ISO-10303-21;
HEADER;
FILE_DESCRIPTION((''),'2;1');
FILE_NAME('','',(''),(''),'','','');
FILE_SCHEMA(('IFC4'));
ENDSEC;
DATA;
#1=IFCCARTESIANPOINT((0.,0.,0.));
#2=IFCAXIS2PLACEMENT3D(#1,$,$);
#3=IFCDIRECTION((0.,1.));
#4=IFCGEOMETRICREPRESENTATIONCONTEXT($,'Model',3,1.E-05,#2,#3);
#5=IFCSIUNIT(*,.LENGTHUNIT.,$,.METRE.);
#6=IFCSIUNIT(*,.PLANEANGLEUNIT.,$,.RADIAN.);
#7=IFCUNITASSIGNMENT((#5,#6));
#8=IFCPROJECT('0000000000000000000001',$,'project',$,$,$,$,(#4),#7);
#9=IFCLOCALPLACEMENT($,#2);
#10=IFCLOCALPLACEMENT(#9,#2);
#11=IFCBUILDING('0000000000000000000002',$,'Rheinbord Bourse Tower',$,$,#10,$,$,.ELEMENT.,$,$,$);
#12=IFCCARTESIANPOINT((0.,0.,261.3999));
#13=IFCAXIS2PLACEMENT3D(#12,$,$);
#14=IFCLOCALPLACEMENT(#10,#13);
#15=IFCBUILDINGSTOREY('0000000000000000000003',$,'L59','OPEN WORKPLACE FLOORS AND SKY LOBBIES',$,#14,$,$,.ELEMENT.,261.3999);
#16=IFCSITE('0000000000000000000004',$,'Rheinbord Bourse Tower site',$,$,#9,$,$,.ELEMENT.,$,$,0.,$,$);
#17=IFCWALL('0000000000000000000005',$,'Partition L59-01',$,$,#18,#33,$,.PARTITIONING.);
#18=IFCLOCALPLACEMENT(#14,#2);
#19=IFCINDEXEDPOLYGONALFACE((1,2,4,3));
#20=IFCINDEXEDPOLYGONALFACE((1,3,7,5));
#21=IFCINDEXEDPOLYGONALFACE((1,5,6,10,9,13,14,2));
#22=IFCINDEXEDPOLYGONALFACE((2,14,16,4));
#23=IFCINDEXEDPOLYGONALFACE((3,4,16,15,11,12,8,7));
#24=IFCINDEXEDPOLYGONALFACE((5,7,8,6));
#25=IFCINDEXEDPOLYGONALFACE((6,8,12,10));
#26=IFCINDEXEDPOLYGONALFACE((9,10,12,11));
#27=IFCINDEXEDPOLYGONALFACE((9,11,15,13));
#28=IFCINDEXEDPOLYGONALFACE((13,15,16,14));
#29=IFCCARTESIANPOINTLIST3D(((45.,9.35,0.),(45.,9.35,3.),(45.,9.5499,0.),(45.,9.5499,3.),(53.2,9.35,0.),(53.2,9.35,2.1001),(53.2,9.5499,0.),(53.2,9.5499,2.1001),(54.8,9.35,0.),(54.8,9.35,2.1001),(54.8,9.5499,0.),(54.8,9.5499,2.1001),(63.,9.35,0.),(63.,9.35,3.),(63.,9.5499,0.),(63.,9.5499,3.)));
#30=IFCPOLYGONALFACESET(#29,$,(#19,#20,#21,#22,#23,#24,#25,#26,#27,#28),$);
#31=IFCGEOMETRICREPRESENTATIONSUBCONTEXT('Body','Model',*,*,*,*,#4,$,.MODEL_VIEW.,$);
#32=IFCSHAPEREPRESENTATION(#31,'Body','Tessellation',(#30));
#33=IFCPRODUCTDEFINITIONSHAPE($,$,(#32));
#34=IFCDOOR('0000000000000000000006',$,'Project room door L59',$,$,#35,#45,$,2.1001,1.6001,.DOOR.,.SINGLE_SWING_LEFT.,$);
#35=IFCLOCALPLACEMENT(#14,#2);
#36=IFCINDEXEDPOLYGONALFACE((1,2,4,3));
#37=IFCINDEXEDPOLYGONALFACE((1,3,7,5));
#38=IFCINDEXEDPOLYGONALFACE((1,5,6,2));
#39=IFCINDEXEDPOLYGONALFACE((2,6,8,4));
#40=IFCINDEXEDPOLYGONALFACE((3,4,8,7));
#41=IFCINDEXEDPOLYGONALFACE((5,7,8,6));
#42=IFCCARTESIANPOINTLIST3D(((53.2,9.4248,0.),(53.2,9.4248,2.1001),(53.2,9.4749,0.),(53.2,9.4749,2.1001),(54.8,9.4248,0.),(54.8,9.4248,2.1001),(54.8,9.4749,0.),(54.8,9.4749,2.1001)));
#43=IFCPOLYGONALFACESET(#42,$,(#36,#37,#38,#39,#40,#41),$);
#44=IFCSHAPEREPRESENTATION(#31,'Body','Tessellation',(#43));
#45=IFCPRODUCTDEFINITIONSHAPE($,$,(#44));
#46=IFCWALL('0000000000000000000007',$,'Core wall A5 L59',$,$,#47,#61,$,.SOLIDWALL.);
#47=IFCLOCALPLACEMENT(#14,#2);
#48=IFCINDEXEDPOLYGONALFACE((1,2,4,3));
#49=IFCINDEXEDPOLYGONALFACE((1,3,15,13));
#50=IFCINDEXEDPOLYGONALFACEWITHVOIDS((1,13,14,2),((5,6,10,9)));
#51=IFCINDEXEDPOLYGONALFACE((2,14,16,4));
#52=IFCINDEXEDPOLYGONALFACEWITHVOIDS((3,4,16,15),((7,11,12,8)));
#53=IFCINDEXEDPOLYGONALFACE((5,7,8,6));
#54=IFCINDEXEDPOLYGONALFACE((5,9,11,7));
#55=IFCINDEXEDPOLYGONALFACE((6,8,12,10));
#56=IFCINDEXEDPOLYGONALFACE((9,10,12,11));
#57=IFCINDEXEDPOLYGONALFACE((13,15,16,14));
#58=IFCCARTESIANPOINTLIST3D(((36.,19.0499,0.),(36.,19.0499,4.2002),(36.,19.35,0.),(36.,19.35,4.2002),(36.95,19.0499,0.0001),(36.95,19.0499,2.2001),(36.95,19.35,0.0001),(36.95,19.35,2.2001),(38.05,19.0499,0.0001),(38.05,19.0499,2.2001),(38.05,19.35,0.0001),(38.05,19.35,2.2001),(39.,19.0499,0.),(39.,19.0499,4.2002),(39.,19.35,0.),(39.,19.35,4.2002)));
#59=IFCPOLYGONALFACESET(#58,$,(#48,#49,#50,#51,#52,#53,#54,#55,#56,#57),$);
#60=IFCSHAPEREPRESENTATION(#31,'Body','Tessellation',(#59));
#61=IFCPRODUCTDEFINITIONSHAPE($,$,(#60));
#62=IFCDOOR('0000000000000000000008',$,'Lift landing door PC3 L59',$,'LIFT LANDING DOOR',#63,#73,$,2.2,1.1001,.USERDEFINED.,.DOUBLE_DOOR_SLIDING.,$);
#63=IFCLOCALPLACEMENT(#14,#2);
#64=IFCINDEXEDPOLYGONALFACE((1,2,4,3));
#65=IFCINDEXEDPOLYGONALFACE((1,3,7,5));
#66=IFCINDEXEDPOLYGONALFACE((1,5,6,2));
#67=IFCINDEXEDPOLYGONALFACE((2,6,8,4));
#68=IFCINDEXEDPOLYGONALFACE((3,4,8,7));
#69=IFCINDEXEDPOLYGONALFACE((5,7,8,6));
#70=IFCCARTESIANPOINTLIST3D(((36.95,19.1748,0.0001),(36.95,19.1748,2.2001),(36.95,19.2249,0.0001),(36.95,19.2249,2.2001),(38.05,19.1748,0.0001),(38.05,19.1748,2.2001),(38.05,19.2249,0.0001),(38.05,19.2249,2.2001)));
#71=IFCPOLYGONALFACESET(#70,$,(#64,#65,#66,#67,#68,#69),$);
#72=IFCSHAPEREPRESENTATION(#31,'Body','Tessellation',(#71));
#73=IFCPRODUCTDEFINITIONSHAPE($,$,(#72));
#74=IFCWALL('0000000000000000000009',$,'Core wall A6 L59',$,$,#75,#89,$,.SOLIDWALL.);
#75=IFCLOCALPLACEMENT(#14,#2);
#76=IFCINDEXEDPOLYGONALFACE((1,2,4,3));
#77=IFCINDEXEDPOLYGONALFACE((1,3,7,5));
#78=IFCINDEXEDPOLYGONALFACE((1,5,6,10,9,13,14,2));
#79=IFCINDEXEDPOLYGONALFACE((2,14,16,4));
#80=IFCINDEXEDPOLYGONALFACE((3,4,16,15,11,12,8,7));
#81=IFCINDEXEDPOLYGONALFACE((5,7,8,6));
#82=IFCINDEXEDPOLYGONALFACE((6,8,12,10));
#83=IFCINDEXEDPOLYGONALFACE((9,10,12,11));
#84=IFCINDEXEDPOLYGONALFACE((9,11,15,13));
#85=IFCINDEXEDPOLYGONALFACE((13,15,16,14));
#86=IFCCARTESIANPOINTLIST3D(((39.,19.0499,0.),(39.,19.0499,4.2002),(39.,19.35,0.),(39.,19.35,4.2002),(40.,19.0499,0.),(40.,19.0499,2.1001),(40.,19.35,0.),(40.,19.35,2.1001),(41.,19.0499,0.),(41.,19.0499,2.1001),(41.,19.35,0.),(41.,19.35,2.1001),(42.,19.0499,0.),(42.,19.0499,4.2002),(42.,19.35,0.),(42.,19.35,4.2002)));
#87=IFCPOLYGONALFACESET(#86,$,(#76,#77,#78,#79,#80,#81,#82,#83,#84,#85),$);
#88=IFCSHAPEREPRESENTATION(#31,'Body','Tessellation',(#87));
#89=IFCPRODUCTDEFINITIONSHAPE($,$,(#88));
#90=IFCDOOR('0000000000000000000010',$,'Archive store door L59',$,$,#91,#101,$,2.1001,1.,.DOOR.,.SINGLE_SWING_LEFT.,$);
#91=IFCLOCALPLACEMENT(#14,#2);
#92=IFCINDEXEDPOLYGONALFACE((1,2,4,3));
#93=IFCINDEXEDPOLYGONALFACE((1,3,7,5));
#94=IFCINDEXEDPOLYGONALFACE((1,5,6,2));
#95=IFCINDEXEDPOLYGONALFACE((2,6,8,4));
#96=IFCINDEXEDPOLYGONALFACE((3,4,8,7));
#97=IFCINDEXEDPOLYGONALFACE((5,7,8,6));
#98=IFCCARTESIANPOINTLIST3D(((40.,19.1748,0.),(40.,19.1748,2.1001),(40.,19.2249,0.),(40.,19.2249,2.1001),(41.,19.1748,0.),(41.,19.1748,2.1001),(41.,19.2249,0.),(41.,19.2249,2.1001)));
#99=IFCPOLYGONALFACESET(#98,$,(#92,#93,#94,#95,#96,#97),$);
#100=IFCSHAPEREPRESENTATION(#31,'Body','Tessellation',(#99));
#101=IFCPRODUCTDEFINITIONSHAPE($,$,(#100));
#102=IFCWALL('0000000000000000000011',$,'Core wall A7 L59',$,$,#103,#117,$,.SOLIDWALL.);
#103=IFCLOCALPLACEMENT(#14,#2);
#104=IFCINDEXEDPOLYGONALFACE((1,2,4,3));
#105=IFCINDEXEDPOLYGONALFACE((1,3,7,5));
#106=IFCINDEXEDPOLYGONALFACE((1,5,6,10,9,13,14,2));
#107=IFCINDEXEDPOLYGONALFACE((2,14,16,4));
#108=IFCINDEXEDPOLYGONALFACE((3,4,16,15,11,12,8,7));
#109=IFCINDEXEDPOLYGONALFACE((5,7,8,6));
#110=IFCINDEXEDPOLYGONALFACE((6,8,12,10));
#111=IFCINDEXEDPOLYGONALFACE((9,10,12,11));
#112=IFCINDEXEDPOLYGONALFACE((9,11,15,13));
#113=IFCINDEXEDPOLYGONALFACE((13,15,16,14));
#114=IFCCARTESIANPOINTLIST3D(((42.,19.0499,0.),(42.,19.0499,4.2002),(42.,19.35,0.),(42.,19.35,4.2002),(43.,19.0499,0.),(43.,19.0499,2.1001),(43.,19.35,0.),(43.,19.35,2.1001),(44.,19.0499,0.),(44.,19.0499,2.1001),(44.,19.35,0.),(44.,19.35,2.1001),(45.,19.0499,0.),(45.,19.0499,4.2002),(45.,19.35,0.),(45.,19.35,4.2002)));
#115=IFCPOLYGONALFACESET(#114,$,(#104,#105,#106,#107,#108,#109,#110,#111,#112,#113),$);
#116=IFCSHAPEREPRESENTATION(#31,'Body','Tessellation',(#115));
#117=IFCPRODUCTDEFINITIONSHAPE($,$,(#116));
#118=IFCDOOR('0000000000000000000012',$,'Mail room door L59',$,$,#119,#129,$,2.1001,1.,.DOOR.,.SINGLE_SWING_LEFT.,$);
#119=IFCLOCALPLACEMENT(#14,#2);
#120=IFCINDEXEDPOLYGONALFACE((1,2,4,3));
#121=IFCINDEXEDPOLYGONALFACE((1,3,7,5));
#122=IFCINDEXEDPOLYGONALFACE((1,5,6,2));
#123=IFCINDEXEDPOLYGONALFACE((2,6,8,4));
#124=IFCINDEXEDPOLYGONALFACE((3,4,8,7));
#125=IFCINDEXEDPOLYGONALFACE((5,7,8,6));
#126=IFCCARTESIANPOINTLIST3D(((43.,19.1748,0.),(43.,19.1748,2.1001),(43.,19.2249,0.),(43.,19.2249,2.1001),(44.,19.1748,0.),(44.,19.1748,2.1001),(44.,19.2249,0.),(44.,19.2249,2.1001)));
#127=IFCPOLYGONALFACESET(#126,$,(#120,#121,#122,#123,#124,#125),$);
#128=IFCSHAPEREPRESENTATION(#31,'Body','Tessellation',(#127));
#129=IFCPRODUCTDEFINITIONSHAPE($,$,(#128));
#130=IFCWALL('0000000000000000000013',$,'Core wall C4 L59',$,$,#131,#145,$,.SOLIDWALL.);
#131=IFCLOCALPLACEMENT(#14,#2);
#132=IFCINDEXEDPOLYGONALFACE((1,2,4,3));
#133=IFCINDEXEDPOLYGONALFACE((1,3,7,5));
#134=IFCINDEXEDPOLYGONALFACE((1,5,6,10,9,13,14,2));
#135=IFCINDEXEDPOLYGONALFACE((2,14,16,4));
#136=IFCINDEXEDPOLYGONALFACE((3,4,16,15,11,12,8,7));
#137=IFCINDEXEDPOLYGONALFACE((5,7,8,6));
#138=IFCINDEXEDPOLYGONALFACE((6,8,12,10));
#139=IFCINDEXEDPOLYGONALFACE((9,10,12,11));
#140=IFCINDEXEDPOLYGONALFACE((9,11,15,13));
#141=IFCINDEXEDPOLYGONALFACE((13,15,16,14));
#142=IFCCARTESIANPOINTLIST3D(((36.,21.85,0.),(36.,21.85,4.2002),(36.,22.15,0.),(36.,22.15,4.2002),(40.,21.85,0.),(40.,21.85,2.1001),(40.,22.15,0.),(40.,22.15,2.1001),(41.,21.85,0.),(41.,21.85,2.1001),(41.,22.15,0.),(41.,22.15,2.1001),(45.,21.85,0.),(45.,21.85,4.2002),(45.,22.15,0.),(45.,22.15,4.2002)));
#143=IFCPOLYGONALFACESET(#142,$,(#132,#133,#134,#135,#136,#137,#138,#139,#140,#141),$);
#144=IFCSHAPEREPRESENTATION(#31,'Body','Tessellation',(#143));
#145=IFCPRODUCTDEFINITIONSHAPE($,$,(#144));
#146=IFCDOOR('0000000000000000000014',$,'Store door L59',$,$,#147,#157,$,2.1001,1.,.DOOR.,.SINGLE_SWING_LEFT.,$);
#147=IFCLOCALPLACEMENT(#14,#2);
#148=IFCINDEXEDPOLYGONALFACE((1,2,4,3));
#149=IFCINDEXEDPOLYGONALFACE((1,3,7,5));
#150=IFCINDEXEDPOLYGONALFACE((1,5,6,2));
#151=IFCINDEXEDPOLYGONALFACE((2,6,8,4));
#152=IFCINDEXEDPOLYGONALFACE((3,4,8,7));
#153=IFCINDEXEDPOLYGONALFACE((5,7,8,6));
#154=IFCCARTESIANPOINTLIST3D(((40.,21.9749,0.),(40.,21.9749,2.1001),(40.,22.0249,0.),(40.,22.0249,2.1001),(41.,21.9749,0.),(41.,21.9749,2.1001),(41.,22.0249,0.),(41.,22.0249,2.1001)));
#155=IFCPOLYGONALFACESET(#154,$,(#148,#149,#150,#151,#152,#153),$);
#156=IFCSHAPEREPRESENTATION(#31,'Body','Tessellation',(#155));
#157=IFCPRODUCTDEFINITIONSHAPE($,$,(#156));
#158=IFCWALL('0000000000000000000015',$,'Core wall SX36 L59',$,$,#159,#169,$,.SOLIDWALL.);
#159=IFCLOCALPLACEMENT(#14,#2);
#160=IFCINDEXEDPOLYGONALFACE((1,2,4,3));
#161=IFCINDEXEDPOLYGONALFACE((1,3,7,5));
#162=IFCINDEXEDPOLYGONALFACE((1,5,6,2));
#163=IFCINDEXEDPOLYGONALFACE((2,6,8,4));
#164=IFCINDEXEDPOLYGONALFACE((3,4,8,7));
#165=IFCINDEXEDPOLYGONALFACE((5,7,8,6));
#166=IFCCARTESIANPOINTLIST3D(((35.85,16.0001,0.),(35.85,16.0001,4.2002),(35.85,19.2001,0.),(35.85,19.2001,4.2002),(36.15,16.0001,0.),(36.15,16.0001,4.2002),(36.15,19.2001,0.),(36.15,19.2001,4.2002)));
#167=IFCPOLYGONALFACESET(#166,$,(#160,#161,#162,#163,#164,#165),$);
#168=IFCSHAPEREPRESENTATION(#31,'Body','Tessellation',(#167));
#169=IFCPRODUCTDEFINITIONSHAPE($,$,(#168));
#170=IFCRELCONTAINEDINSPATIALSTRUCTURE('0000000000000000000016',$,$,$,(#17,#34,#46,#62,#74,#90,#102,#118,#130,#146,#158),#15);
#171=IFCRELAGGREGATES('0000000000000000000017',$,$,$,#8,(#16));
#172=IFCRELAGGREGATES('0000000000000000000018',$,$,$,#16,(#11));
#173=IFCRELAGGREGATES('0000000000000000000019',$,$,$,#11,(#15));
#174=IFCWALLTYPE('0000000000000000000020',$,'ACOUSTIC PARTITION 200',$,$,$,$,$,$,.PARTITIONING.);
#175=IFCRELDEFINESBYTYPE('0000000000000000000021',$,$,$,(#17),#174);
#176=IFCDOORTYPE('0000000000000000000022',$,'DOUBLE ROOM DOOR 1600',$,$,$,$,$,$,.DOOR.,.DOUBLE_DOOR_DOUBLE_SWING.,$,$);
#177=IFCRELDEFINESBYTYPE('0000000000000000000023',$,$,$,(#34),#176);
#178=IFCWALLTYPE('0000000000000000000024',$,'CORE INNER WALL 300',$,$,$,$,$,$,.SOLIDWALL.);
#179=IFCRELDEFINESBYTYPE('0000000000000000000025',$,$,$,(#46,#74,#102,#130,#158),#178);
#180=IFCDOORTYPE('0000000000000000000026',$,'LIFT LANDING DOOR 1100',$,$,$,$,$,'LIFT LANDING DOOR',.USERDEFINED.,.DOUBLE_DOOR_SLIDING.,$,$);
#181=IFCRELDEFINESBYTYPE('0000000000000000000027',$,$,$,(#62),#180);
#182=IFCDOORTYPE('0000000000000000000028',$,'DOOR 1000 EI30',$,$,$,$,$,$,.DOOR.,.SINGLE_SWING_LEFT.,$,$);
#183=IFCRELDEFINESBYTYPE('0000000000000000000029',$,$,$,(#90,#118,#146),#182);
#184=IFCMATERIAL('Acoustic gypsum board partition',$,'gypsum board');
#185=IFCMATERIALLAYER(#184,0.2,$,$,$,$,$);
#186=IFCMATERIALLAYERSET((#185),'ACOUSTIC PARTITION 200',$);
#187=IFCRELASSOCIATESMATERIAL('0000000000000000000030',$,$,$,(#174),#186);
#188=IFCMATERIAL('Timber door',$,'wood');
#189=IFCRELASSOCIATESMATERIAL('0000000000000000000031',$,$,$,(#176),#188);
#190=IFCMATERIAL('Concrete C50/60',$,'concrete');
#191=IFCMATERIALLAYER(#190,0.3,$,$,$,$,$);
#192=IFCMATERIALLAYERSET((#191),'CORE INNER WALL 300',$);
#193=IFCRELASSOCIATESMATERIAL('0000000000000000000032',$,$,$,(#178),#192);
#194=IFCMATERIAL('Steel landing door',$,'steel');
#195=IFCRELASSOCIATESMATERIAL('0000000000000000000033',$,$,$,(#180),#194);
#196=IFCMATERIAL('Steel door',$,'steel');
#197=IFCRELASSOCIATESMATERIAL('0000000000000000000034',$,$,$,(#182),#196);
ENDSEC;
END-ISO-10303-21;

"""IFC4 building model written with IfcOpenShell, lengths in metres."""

from ifc_helpers import new_model, si_unit, direction, frame, frame_2d, origin, place, context, subcontext, project, spatial, rectangle, extrude, material, layer, layer_set, type_object, element, fill, save


model = new_model("IFC4")

# Units and contexts
model_context = context("Model", 3, precision=1e-05, world=origin(), true_north=direction((0.0, 1.0)))
body_context = subcontext(model_context, "Body", "Model", "MODEL_VIEW")
ifc_project = project(units=[si_unit("LENGTHUNIT", "METRE"), si_unit("PLANEANGLEUNIT", "RADIAN")], contexts=[model_context])

# Site, building, storey
site_placement = place(None, origin())
site = spatial("IfcSite", under=ifc_project, at=site_placement, Name="Rheinbord Bourse Tower site", CompositionType="ELEMENT", RefElevation=0.0)
building_placement = place(site_placement, origin())
building = spatial("IfcBuilding", under=site, at=building_placement, Name="Rheinbord Bourse Tower", CompositionType="ELEMENT")
storey_placement = place(building_placement, frame((0.0, 0.0, 261.3999)))
storey = spatial("IfcBuildingStorey", under=building, at=storey_placement, Name="L59", Description="OPEN WORKPLACE FLOORS AND SKY LOBBIES", CompositionType="ELEMENT", Elevation=261.3999)

# Walls, openings, doors
ifc_material_1 = material(Name="Acoustic gypsum board partition", Category="gypsum board")
ifc_layer_1 = layer(ifc_material_1, 0.2)
ifc_layer_set_1 = layer_set([ifc_layer_1], Name="ACOUSTIC PARTITION 200")
wall_type_1 = type_object("IfcWallType", Name="ACOUSTIC PARTITION 200", PredefinedType="PARTITIONING", material=ifc_layer_set_1)
wall_1_placement = place(storey_placement, frame((45.0, 9.45, 0.0), z_axis=(0.0, 0.0, 1.0), x_axis=(1.0, 0.0, 0.0)))
wall_1 = element("IfcWall", 1, at=wall_1_placement, inside=storey, type_object=wall_type_1, Name="Partition L59-01", PredefinedType="PARTITIONING", context=body_context, shape_type="SweptSolid", body=[
    extrude(rectangle(XDim=18.0, YDim=0.2, at=frame_2d((9.0, 0.0))), origin(), (0.0, 0.0, 1.0), 3.0),
])
opening_1_placement = place(wall_1_placement, frame((8.2, 0.0, 0.0)))
opening_1 = element("IfcOpeningElement", 2, at=opening_1_placement, cuts=wall_1, PredefinedType="OPENING", context=body_context, shape_type="SweptSolid", body=[
    extrude(rectangle(XDim=1.6001, YDim=2.1001, at=frame_2d((0.8, 1.05))), frame((0.0, 0.1099, 0.0), z_axis=(0.0, -1.0, 0.0), x_axis=(1.0, 0.0, 0.0)), (0.0, 0.0, 1.0), 0.22),
])
ifc_material_2 = material(Name="Timber door", Category="wood")
door_type_1 = type_object("IfcDoorType", Name="DOUBLE ROOM DOOR 1600", OperationType="DOUBLE_DOOR_DOUBLE_SWING", PredefinedType="DOOR", material=ifc_material_2)
door_1_placement = place(opening_1_placement, origin())
door_1 = element("IfcDoor", 3, at=door_1_placement, inside=storey, type_object=door_type_1, Name="Project room door L59", OperationType="SINGLE_SWING_LEFT", OverallHeight=2.1001, OverallWidth=1.6001, PredefinedType="DOOR", context=body_context, shape_type="SweptSolid", body=[
    extrude(rectangle(XDim=1.6001, YDim=2.1001, at=frame_2d((0.8, 1.05))), frame((0.0, 0.0249, 0.0), z_axis=(0.0, -1.0, 0.0), x_axis=(1.0, 0.0, 0.0)), (0.0, 0.0, 1.0), 0.05),
])
fill(opening_1, door_1)
ifc_material_3 = material(Name="Concrete C50/60", Category="concrete")
ifc_layer_2 = layer(ifc_material_3, 0.3)
ifc_layer_set_2 = layer_set([ifc_layer_2], Name="CORE INNER WALL 300")
wall_type_2 = type_object("IfcWallType", Name="CORE INNER WALL 300", PredefinedType="SOLIDWALL", material=ifc_layer_set_2)
wall_2_placement = place(storey_placement, frame((36.0, 19.2, 0.0), z_axis=(0.0, 0.0, 1.0), x_axis=(1.0, 0.0, 0.0)))
wall_2 = element("IfcWall", 4, at=wall_2_placement, inside=storey, type_object=wall_type_2, Name="Core wall A5 L59", PredefinedType="SOLIDWALL", context=body_context, shape_type="SweptSolid", body=[
    extrude(rectangle(XDim=3.0, YDim=0.3, at=frame_2d((1.5, 0.0))), origin(), (0.0, 0.0, 1.0), 4.2002),
])
opening_2_placement = place(wall_2_placement, frame((0.95, 0.0, 0.0)))
opening_2 = element("IfcOpeningElement", 5, at=opening_2_placement, cuts=wall_2, PredefinedType="OPENING", context=body_context, shape_type="SweptSolid", body=[
    extrude(rectangle(XDim=1.1001, YDim=2.2, at=frame_2d((0.55, 1.1001))), frame((0.0, 0.1599, 0.0), z_axis=(0.0, -1.0, 0.0), x_axis=(1.0, 0.0, 0.0)), (0.0, 0.0, 1.0), 0.3201),
])
ifc_material_4 = material(Name="Steel landing door", Category="steel")
door_type_2 = type_object("IfcDoorType", Name="LIFT LANDING DOOR 1100", ElementType="LIFT LANDING DOOR", OperationType="DOUBLE_DOOR_SLIDING", PredefinedType="USERDEFINED", material=ifc_material_4)
door_2_placement = place(opening_2_placement, origin())
door_2 = element("IfcDoor", 6, at=door_2_placement, inside=storey, type_object=door_type_2, Name="Lift landing door PC3 L59", ObjectType="LIFT LANDING DOOR", OperationType="DOUBLE_DOOR_SLIDING", OverallHeight=2.2, OverallWidth=1.1001, PredefinedType="USERDEFINED", context=body_context, shape_type="SweptSolid", body=[
    extrude(rectangle(XDim=1.1001, YDim=2.2, at=frame_2d((0.55, 1.1001))), frame((0.0, 0.0249, 0.0), z_axis=(0.0, -1.0, 0.0), x_axis=(1.0, 0.0, 0.0)), (0.0, 0.0, 1.0), 0.05),
])
fill(opening_2, door_2)
wall_3_placement = place(storey_placement, frame((39.0, 19.2, 0.0), z_axis=(0.0, 0.0, 1.0), x_axis=(1.0, 0.0, 0.0)))
wall_3 = element("IfcWall", 7, at=wall_3_placement, inside=storey, type_object=wall_type_2, Name="Core wall A6 L59", PredefinedType="SOLIDWALL", context=body_context, shape_type="SweptSolid", body=[
    extrude(rectangle(XDim=3.0, YDim=0.3, at=frame_2d((1.5, 0.0))), origin(), (0.0, 0.0, 1.0), 4.2002),
])
opening_3_placement = place(wall_3_placement, frame((1.0, 0.0, 0.0)))
opening_3 = element("IfcOpeningElement", 8, at=opening_3_placement, cuts=wall_3, PredefinedType="OPENING", context=body_context, shape_type="SweptSolid", body=[
    extrude(rectangle(XDim=1.0, YDim=2.1001, at=frame_2d((0.5, 1.05))), frame((0.0, 0.1599, 0.0), z_axis=(0.0, -1.0, 0.0), x_axis=(1.0, 0.0, 0.0)), (0.0, 0.0, 1.0), 0.3201),
])
ifc_material_5 = material(Name="Steel door", Category="steel")
door_type_3 = type_object("IfcDoorType", Name="DOOR 1000 EI30", OperationType="SINGLE_SWING_LEFT", PredefinedType="DOOR", material=ifc_material_5)
door_3_placement = place(opening_3_placement, origin())
door_3 = element("IfcDoor", 9, at=door_3_placement, inside=storey, type_object=door_type_3, Name="Archive store door L59", OperationType="SINGLE_SWING_LEFT", OverallHeight=2.1001, OverallWidth=1.0, PredefinedType="DOOR", context=body_context, shape_type="SweptSolid", body=[
    extrude(rectangle(XDim=1.0, YDim=2.1001, at=frame_2d((0.5, 1.05))), frame((0.0, 0.0249, 0.0), z_axis=(0.0, -1.0, 0.0), x_axis=(1.0, 0.0, 0.0)), (0.0, 0.0, 1.0), 0.05),
])
fill(opening_3, door_3)
wall_4_placement = place(storey_placement, frame((42.0, 19.2, 0.0), z_axis=(0.0, 0.0, 1.0), x_axis=(1.0, 0.0, 0.0)))
wall_4 = element("IfcWall", 10, at=wall_4_placement, inside=storey, type_object=wall_type_2, Name="Core wall A7 L59", PredefinedType="SOLIDWALL", context=body_context, shape_type="SweptSolid", body=[
    extrude(rectangle(XDim=3.0, YDim=0.3, at=frame_2d((1.5, 0.0))), origin(), (0.0, 0.0, 1.0), 4.2002),
])
opening_4_placement = place(wall_4_placement, frame((1.0, 0.0, 0.0)))
opening_4 = element("IfcOpeningElement", 11, at=opening_4_placement, cuts=wall_4, PredefinedType="OPENING", context=body_context, shape_type="SweptSolid", body=[
    extrude(rectangle(XDim=1.0, YDim=2.1001, at=frame_2d((0.5, 1.05))), frame((0.0, 0.1599, 0.0), z_axis=(0.0, -1.0, 0.0), x_axis=(1.0, 0.0, 0.0)), (0.0, 0.0, 1.0), 0.3201),
])
door_4_placement = place(opening_4_placement, origin())
door_4 = element("IfcDoor", 12, at=door_4_placement, inside=storey, type_object=door_type_3, Name="Mail room door L59", OperationType="SINGLE_SWING_LEFT", OverallHeight=2.1001, OverallWidth=1.0, PredefinedType="DOOR", context=body_context, shape_type="SweptSolid", body=[
    extrude(rectangle(XDim=1.0, YDim=2.1001, at=frame_2d((0.5, 1.05))), frame((0.0, 0.0249, 0.0), z_axis=(0.0, -1.0, 0.0), x_axis=(1.0, 0.0, 0.0)), (0.0, 0.0, 1.0), 0.05),
])
fill(opening_4, door_4)
wall_5_placement = place(storey_placement, frame((36.0, 22.0, 0.0), z_axis=(0.0, 0.0, 1.0), x_axis=(1.0, 0.0, 0.0)))
wall_5 = element("IfcWall", 13, at=wall_5_placement, inside=storey, type_object=wall_type_2, Name="Core wall C4 L59", PredefinedType="SOLIDWALL", context=body_context, shape_type="SweptSolid", body=[
    extrude(rectangle(XDim=9.0, YDim=0.3, at=frame_2d((4.5, 0.0))), origin(), (0.0, 0.0, 1.0), 4.2002),
])
opening_5_placement = place(wall_5_placement, frame((4.0, 0.0, 0.0)))
opening_5 = element("IfcOpeningElement", 14, at=opening_5_placement, cuts=wall_5, PredefinedType="OPENING", context=body_context, shape_type="SweptSolid", body=[
    extrude(rectangle(XDim=1.0, YDim=2.1001, at=frame_2d((0.5, 1.05))), frame((0.0, 0.1599, 0.0), z_axis=(0.0, -1.0, 0.0), x_axis=(1.0, 0.0, 0.0)), (0.0, 0.0, 1.0), 0.3201),
])
door_5_placement = place(opening_5_placement, origin())
door_5 = element("IfcDoor", 15, at=door_5_placement, inside=storey, type_object=door_type_3, Name="Store door L59", OperationType="SINGLE_SWING_LEFT", OverallHeight=2.1001, OverallWidth=1.0, PredefinedType="DOOR", context=body_context, shape_type="SweptSolid", body=[
    extrude(rectangle(XDim=1.0, YDim=2.1001, at=frame_2d((0.5, 1.05))), frame((0.0, 0.0249, 0.0), z_axis=(0.0, -1.0, 0.0), x_axis=(1.0, 0.0, 0.0)), (0.0, 0.0, 1.0), 0.05),
])
fill(opening_5, door_5)

# Wall
for number, where, z_axis, x_axis, name in (
    (16, (36.0, 16.0, 0.0), (0.0, 0.0, 1.0), (0.0, 1.0, 0.0), "Core wall SX36 L59"),
):
    element("IfcWall", number, at=place(storey_placement, frame(where, z_axis=z_axis, x_axis=x_axis)), inside=storey, type_object=wall_type_2, Name=name, PredefinedType="SOLIDWALL", context=body_context, shape_type="SweptSolid", body=[
        extrude(rectangle(XDim=3.2, YDim=0.3, at=frame_2d((1.6001, 0.0))), origin(), (0.0, 0.0, 1.0), 4.2002),
    ])

save(model, "model.ifc")
